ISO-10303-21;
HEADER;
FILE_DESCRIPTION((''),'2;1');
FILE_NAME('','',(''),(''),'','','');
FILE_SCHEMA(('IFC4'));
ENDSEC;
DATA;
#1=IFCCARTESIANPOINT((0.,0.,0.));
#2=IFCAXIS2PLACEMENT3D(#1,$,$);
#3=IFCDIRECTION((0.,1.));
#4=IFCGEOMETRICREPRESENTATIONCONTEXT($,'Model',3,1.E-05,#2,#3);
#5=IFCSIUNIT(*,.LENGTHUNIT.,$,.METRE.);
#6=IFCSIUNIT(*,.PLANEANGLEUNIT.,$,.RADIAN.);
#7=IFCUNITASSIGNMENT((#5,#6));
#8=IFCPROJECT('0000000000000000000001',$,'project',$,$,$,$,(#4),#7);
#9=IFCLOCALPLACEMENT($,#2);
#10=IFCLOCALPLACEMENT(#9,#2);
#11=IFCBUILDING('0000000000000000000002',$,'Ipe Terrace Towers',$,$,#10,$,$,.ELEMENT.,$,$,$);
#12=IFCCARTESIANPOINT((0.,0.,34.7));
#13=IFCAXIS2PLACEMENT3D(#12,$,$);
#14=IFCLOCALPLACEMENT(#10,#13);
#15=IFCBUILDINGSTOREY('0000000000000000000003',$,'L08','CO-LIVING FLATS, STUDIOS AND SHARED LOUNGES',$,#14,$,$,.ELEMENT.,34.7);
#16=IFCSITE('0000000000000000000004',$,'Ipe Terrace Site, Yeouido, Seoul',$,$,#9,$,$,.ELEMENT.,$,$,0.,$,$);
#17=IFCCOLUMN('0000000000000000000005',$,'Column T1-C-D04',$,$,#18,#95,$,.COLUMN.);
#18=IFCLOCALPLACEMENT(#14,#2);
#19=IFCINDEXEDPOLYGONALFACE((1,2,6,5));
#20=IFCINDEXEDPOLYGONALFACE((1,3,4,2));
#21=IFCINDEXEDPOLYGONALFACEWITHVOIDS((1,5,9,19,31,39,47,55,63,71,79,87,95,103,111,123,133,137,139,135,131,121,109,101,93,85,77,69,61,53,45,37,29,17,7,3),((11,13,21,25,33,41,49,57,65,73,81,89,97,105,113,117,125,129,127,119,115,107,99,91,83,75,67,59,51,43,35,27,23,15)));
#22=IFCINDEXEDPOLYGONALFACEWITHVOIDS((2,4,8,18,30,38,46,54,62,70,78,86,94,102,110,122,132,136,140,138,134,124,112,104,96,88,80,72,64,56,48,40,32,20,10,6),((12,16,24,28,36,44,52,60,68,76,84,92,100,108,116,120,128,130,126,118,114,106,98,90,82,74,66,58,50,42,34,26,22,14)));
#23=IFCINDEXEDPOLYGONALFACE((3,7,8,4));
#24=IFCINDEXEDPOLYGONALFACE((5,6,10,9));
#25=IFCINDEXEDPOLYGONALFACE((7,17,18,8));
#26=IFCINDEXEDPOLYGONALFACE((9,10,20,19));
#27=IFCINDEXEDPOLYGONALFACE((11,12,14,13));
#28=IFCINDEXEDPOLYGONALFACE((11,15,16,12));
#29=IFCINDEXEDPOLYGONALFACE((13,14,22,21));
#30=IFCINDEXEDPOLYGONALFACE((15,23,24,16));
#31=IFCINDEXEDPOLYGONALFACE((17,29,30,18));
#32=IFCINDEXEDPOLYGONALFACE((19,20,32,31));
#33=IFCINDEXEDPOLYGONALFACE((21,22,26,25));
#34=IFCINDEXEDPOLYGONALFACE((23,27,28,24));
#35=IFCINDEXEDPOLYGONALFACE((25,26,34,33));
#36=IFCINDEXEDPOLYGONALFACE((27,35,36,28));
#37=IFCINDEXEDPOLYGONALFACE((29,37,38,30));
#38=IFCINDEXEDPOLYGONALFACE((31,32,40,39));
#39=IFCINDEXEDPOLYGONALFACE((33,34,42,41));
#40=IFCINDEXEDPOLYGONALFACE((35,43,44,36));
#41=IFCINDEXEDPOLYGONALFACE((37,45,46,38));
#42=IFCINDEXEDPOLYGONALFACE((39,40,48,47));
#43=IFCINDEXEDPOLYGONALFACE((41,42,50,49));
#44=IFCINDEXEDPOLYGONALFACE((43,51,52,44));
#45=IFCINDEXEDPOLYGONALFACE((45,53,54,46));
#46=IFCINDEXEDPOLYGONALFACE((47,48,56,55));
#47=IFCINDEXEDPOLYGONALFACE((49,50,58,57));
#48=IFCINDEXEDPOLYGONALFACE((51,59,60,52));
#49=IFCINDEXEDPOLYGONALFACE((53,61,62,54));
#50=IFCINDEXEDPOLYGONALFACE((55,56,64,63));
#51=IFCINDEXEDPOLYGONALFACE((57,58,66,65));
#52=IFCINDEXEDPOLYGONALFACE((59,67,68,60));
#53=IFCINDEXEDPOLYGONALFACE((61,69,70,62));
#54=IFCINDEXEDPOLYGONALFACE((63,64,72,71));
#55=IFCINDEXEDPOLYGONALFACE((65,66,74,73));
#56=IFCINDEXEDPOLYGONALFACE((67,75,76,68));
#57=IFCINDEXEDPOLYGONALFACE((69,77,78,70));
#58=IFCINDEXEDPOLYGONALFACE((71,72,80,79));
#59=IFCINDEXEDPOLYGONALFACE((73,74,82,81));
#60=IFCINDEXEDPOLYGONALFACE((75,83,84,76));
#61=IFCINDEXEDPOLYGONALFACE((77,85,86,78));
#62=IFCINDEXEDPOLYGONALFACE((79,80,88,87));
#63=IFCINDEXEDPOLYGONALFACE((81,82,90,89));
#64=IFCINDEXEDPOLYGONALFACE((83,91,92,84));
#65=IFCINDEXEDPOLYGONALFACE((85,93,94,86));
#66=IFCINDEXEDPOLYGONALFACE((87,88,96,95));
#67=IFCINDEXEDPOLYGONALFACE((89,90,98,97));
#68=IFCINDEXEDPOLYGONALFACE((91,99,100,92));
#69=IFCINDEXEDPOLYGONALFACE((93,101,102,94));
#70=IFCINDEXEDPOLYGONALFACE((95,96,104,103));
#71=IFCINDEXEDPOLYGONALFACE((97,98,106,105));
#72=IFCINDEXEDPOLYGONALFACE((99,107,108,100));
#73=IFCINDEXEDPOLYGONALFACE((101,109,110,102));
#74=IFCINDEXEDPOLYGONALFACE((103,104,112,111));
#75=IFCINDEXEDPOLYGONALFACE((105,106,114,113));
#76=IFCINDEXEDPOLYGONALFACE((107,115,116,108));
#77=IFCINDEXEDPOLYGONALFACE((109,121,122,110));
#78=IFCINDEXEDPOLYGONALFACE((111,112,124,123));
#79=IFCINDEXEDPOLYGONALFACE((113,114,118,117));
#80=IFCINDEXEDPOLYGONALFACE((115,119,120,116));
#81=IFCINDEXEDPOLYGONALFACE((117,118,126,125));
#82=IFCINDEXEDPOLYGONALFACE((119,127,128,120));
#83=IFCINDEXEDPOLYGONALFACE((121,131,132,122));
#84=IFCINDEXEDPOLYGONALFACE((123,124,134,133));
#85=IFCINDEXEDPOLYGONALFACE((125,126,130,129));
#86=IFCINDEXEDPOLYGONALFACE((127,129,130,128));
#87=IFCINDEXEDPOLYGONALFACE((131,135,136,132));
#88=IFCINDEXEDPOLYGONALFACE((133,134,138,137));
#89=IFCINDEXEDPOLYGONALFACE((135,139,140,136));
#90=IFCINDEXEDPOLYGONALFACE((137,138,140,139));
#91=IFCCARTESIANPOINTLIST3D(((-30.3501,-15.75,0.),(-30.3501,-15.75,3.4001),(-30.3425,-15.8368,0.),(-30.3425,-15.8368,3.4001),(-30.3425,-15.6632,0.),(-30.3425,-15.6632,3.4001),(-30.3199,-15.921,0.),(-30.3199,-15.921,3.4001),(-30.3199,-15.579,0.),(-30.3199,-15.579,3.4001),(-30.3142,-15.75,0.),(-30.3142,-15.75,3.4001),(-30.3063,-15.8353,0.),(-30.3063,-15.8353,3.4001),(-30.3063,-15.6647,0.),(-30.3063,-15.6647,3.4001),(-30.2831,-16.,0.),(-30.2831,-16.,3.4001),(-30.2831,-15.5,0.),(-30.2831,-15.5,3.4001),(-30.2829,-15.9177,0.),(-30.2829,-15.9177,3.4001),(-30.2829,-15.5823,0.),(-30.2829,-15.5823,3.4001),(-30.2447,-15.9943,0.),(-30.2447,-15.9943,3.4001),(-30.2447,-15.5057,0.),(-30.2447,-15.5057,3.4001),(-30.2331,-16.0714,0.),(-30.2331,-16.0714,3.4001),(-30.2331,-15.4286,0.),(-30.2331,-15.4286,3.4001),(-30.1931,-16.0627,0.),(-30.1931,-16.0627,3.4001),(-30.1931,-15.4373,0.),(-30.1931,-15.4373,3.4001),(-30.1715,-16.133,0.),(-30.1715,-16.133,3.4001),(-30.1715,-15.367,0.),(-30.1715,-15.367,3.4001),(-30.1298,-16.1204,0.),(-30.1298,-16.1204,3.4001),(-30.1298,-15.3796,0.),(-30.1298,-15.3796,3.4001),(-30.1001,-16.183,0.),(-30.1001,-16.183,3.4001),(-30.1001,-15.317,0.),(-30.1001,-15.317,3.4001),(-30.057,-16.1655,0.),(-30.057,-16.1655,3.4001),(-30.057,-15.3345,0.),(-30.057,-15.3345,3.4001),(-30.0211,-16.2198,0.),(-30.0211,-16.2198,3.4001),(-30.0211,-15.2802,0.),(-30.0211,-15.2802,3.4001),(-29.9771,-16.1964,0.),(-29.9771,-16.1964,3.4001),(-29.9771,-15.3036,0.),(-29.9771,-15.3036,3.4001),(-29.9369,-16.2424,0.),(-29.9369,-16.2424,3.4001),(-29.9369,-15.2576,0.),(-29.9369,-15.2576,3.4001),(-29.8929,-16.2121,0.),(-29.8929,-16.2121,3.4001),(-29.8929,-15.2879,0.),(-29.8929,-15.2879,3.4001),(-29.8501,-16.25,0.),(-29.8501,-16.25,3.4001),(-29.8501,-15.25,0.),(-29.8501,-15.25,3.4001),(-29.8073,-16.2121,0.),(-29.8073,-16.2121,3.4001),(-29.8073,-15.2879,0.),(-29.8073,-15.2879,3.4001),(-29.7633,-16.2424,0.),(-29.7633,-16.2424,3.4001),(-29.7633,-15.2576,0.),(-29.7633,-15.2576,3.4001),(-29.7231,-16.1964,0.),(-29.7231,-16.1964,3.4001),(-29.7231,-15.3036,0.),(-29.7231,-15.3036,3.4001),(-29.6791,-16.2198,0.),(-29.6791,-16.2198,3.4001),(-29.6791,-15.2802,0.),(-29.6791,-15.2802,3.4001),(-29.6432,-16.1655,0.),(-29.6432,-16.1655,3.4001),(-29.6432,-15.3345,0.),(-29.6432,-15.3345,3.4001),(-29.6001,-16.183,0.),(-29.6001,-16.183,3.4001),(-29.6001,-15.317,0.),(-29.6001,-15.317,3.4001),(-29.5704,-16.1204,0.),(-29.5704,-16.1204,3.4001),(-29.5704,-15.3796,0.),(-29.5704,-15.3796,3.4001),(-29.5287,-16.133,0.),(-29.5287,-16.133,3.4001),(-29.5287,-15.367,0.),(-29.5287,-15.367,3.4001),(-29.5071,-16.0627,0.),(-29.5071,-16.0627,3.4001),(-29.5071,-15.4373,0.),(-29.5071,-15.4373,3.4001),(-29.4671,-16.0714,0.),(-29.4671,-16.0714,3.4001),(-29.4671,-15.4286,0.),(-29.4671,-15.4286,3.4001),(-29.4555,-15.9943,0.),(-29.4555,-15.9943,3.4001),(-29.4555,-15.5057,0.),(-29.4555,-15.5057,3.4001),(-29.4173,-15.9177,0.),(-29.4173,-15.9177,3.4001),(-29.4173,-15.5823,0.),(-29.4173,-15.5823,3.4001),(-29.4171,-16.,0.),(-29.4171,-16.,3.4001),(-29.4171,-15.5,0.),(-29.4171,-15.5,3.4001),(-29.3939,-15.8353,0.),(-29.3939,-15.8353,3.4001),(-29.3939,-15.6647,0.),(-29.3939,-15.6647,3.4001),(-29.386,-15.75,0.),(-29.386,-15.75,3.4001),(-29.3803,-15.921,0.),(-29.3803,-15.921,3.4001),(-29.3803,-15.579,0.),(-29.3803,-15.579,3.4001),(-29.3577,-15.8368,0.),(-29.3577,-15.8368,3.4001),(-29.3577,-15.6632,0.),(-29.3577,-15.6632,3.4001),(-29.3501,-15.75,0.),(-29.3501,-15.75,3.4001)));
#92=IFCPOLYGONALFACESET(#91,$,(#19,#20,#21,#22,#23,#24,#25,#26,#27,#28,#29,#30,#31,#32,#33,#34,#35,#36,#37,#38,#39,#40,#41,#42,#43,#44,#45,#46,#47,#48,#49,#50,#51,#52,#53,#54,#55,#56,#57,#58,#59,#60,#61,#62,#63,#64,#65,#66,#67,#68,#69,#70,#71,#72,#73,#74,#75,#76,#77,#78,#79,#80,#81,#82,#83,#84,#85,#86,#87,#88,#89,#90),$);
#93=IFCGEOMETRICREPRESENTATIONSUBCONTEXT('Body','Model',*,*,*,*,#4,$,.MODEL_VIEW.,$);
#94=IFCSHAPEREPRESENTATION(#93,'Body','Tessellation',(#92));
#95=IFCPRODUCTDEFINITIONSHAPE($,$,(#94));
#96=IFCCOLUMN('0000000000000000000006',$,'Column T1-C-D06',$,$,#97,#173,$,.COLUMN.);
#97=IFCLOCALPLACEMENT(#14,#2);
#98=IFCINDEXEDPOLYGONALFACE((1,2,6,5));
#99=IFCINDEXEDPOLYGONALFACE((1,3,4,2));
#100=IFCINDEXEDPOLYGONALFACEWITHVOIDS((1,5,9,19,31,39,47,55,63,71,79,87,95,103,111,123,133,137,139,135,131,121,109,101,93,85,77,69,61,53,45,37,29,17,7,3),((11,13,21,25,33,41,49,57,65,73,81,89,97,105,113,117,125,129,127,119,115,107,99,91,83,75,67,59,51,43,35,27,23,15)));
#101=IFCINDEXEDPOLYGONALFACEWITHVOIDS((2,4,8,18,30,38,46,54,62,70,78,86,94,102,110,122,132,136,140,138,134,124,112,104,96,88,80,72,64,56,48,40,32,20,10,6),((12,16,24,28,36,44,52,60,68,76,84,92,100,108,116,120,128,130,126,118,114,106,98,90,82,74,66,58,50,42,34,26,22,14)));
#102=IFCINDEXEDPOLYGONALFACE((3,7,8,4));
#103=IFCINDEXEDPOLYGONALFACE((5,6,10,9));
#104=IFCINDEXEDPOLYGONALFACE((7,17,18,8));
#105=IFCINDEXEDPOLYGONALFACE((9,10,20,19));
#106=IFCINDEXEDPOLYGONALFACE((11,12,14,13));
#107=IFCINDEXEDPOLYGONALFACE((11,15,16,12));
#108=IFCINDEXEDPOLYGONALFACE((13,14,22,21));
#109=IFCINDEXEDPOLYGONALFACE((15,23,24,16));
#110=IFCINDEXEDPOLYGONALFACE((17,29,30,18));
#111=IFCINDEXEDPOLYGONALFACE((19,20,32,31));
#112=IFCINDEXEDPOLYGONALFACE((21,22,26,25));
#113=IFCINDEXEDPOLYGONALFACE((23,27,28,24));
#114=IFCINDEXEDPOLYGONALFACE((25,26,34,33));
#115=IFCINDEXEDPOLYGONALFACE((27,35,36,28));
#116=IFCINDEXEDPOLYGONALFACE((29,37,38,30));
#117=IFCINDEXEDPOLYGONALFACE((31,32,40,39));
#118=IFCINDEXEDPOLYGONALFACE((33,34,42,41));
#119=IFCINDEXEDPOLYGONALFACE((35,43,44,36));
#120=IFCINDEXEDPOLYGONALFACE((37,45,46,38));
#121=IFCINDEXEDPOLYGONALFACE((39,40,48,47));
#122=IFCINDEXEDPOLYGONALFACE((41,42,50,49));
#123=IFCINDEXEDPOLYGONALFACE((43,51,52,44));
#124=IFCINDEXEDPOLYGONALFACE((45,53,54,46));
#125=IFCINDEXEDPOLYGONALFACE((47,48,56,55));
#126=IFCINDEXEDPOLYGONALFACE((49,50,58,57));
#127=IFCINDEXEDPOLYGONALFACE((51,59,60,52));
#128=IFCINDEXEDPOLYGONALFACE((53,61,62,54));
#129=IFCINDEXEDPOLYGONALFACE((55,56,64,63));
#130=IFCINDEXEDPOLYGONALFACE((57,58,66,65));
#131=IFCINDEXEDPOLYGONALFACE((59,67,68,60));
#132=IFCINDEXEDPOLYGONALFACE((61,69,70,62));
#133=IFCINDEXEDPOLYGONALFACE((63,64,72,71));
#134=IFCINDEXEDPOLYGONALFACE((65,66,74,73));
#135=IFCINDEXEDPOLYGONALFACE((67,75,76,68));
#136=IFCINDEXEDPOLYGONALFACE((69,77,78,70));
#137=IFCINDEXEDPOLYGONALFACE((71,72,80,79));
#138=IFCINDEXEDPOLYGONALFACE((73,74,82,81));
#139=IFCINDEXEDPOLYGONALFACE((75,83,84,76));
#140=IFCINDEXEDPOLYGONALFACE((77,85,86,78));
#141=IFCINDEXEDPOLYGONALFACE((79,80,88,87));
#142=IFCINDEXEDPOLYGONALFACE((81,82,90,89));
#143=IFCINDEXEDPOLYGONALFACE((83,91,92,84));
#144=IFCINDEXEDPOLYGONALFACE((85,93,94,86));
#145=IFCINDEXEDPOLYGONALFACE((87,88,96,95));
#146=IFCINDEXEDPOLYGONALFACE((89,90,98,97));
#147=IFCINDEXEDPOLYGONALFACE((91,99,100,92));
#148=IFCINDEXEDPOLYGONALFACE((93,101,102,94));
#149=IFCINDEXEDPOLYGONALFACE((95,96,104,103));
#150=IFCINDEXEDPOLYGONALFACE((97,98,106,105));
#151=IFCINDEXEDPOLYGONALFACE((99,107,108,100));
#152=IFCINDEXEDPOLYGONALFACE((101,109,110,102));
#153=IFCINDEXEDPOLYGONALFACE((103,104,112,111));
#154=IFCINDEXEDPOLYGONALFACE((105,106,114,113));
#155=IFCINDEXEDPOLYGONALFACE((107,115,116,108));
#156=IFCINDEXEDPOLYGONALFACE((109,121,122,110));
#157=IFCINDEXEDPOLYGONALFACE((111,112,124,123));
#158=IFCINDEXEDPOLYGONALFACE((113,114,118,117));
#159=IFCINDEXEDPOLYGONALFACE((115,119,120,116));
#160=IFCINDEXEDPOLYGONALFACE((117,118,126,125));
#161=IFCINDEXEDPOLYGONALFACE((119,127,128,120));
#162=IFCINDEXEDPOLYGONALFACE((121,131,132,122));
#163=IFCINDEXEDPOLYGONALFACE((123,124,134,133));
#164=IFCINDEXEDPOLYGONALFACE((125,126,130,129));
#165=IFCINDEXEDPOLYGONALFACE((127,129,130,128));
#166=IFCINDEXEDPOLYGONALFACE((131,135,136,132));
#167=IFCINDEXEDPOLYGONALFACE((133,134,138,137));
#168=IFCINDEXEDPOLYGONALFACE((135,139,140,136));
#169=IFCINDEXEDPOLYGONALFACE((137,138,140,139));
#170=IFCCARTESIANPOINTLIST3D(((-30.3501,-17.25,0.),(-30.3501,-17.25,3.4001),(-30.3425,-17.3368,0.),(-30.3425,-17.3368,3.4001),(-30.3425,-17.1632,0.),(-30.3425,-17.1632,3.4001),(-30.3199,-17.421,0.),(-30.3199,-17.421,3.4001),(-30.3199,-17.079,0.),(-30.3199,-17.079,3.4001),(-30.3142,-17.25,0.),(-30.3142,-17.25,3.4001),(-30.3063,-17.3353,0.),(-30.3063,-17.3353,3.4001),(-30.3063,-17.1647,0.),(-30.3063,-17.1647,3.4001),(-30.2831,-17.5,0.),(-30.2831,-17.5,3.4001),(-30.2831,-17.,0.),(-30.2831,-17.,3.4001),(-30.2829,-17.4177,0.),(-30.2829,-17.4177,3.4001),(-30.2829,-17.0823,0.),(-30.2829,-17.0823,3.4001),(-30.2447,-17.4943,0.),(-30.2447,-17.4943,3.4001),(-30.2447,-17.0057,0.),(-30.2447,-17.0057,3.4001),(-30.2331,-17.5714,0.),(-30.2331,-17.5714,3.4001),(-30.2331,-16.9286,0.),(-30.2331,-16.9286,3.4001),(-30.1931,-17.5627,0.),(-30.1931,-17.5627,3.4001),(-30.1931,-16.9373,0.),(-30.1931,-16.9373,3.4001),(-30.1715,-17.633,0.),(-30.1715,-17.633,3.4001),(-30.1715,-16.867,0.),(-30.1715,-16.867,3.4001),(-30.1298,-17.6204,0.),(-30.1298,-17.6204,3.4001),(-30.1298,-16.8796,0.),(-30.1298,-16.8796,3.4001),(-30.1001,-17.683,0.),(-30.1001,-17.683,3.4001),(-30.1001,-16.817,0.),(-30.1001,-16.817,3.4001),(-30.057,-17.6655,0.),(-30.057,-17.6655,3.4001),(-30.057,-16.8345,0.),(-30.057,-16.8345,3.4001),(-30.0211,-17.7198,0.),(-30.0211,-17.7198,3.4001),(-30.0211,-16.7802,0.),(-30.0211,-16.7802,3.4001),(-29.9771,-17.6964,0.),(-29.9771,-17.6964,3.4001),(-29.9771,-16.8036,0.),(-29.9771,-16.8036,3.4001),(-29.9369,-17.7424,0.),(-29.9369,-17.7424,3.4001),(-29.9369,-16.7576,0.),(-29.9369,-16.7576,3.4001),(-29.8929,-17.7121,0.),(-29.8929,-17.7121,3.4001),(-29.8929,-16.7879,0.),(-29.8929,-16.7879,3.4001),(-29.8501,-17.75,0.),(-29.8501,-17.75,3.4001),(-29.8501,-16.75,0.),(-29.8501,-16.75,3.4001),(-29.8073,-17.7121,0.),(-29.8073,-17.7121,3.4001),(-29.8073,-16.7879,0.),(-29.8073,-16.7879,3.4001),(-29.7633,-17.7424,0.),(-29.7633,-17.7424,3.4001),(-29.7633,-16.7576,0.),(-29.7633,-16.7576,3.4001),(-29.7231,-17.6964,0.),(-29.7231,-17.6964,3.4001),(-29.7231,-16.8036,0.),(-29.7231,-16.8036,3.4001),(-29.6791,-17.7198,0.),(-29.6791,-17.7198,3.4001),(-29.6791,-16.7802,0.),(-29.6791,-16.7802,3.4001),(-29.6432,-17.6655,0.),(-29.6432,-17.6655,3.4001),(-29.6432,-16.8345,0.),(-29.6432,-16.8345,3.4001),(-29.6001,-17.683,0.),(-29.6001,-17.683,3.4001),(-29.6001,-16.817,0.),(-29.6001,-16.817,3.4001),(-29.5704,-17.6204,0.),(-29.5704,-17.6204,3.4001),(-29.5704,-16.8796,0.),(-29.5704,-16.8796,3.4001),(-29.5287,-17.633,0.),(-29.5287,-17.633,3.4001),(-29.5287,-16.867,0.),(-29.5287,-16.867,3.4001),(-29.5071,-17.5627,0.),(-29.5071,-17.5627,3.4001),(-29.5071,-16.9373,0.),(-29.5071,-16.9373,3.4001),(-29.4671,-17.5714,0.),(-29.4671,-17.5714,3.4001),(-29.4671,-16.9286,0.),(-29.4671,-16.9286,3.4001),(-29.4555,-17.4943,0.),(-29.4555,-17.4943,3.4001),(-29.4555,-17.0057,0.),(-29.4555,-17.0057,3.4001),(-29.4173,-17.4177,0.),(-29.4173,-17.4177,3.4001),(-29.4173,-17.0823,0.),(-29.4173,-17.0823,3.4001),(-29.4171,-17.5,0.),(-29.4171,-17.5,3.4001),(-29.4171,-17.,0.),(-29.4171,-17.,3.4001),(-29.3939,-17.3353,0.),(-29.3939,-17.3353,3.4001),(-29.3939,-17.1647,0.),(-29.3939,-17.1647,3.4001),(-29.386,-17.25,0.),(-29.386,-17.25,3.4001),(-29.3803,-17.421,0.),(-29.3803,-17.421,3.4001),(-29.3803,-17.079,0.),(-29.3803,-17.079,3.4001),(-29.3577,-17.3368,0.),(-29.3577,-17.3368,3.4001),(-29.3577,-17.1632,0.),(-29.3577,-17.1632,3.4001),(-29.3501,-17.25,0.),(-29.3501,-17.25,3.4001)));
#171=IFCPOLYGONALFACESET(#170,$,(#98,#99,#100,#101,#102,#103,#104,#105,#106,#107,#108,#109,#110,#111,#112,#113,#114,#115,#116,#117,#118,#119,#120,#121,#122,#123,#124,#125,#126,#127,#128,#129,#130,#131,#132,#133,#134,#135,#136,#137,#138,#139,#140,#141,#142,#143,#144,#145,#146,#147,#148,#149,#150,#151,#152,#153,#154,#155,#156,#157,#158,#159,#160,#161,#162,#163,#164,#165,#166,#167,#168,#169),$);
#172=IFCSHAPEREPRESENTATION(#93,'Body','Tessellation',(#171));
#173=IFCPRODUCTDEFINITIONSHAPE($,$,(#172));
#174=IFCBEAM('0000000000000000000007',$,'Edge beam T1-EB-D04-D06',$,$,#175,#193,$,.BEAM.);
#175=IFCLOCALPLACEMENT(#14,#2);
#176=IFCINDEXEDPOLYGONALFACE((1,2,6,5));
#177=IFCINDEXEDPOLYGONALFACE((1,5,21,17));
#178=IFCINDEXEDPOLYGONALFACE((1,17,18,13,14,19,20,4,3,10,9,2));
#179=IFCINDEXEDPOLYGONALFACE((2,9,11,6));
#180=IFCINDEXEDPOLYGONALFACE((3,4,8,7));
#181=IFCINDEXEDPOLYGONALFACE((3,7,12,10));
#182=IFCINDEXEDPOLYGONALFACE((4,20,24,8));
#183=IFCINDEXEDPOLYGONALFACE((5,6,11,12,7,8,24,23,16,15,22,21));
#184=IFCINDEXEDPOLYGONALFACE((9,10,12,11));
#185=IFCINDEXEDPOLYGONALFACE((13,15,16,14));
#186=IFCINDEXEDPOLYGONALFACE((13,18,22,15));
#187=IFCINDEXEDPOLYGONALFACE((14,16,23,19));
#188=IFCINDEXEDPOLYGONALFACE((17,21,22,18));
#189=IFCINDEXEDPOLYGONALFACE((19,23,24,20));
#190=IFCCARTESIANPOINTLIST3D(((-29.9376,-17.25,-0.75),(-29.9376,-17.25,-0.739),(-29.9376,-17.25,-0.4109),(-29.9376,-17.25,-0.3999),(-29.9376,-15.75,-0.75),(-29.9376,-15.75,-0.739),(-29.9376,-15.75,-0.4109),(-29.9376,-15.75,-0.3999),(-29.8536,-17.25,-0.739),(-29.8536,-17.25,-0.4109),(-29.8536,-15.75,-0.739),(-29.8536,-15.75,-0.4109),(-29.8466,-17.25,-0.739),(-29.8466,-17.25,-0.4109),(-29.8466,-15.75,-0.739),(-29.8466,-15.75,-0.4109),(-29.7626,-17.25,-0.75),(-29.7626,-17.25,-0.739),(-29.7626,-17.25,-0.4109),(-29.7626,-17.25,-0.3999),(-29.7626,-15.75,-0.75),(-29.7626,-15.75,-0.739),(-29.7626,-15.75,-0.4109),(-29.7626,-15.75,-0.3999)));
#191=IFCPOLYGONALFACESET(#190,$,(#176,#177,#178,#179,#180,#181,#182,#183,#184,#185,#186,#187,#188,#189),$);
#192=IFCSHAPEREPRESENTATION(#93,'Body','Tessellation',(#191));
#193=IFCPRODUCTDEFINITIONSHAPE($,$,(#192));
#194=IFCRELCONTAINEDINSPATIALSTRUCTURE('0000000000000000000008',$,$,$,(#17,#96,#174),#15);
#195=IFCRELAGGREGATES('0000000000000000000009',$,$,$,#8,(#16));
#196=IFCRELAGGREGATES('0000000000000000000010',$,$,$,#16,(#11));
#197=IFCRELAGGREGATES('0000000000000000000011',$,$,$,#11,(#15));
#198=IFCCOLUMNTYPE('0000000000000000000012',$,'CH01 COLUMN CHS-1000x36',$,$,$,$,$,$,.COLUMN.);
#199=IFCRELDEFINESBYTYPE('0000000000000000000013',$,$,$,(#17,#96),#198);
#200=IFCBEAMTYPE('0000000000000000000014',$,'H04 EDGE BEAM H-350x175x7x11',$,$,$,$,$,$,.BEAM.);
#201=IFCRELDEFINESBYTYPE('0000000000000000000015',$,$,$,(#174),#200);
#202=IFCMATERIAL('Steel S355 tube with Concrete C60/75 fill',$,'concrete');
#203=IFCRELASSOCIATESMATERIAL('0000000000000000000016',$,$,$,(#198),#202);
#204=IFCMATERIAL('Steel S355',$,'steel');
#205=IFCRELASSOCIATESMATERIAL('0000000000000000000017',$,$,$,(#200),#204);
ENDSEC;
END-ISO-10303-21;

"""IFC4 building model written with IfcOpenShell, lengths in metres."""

from ifc_helpers import new_model, si_unit, direction, frame, origin, origin_2d, place, context, subcontext, project, spatial, hollow_circle, i_section, extrude, material, material_profile, profile_set, type_object, element, save


model = new_model("IFC4")

# Units and contexts
model_context = context("Model", 3, precision=1e-05, world=origin(), true_north=direction((0.0, 1.0)))
body_context = subcontext(model_context, "Body", "Model", "MODEL_VIEW")
ifc_project = project(units=[si_unit("LENGTHUNIT", "METRE"), si_unit("PLANEANGLEUNIT", "RADIAN")], contexts=[model_context])

# Site, building, storey
site_placement = place(None, origin())
site = spatial("IfcSite", under=ifc_project, at=site_placement, Name="Ipe Terrace Site, Yeouido, Seoul", CompositionType="ELEMENT", RefElevation=0.0)
building_placement = place(site_placement, origin())
building = spatial("IfcBuilding", under=site, at=building_placement, Name="Ipe Terrace Towers", CompositionType="ELEMENT")
storey_placement = place(building_placement, frame((0.0, 0.0, 34.7)))
storey = spatial("IfcBuildingStorey", under=building, at=storey_placement, Name="L08", Description="CO-LIVING FLATS, STUDIOS AND SHARED LOUNGES", CompositionType="ELEMENT", Elevation=34.7)

# Columns
ifc_material_1 = material(Name="Steel S355 tube with Concrete C60/75 fill", Category="concrete")
ifc_material_profile_1 = material_profile(ifc_material_1, hollow_circle(Radius=0.5, WallThickness=0.0359, at=origin_2d()), Name="CHS-1000x36")
ifc_profile_set_1 = profile_set([ifc_material_profile_1], Name="Steel S355 tube with Concrete C60/75 fill")
column_type = type_object("IfcColumnType", Name="CH01 COLUMN CHS-1000x36", PredefinedType="COLUMN", material=ifc_profile_set_1)
for number, where, z_axis, x_axis, name in (
    (1, (-29.8501, -15.75, 0.0), (0.0, 0.0, 1.0), (1.0, 0.0, 0.0), "Column T1-C-D04"),
    (2, (-29.8501, -17.25, 0.0), (0.0, 0.0, 1.0), (1.0, 0.0, 0.0), "Column T1-C-D06"),
):
    element("IfcColumn", number, at=place(storey_placement, frame(where, z_axis=z_axis, x_axis=x_axis)), inside=storey, type_object=column_type, Name=name, PredefinedType="COLUMN", context=body_context, shape_type="SweptSolid", body=[
        extrude(hollow_circle(Radius=0.5, WallThickness=0.0359, at=origin_2d()), origin(), (0.0, 0.0, 1.0), 3.4001),
    ])

# Beam
ifc_material_2 = material(Name="Steel S355", Category="steel")
ifc_material_profile_2 = material_profile(ifc_material_2, i_section(OverallWidth=0.175, OverallDepth=0.3501, WebThickness=0.0071, FlangeThickness=0.011, at=origin_2d()), Name="H-350x175x7x11")
ifc_profile_set_2 = profile_set([ifc_material_profile_2], Name="Steel S355")
beam_type = type_object("IfcBeamType", Name="H04 EDGE BEAM H-350x175x7x11", PredefinedType="BEAM", material=ifc_profile_set_2)
beam_placement = place(storey_placement, frame((-29.8501, -15.75, -0.575), z_axis=(0.0, -1.0, 0.0), x_axis=(1.0, 0.0, 0.0)))
element("IfcBeam", 3, at=beam_placement, inside=storey, type_object=beam_type, Name="Edge beam T1-EB-D04-D06", PredefinedType="BEAM", context=body_context, shape_type="SweptSolid", body=[
    extrude(i_section(OverallWidth=0.175, OverallDepth=0.3501, WebThickness=0.0071, FlangeThickness=0.011, at=origin_2d()), origin(), (0.0, 0.0, 1.0), 1.5),
])

save(model, "model.ifc")
